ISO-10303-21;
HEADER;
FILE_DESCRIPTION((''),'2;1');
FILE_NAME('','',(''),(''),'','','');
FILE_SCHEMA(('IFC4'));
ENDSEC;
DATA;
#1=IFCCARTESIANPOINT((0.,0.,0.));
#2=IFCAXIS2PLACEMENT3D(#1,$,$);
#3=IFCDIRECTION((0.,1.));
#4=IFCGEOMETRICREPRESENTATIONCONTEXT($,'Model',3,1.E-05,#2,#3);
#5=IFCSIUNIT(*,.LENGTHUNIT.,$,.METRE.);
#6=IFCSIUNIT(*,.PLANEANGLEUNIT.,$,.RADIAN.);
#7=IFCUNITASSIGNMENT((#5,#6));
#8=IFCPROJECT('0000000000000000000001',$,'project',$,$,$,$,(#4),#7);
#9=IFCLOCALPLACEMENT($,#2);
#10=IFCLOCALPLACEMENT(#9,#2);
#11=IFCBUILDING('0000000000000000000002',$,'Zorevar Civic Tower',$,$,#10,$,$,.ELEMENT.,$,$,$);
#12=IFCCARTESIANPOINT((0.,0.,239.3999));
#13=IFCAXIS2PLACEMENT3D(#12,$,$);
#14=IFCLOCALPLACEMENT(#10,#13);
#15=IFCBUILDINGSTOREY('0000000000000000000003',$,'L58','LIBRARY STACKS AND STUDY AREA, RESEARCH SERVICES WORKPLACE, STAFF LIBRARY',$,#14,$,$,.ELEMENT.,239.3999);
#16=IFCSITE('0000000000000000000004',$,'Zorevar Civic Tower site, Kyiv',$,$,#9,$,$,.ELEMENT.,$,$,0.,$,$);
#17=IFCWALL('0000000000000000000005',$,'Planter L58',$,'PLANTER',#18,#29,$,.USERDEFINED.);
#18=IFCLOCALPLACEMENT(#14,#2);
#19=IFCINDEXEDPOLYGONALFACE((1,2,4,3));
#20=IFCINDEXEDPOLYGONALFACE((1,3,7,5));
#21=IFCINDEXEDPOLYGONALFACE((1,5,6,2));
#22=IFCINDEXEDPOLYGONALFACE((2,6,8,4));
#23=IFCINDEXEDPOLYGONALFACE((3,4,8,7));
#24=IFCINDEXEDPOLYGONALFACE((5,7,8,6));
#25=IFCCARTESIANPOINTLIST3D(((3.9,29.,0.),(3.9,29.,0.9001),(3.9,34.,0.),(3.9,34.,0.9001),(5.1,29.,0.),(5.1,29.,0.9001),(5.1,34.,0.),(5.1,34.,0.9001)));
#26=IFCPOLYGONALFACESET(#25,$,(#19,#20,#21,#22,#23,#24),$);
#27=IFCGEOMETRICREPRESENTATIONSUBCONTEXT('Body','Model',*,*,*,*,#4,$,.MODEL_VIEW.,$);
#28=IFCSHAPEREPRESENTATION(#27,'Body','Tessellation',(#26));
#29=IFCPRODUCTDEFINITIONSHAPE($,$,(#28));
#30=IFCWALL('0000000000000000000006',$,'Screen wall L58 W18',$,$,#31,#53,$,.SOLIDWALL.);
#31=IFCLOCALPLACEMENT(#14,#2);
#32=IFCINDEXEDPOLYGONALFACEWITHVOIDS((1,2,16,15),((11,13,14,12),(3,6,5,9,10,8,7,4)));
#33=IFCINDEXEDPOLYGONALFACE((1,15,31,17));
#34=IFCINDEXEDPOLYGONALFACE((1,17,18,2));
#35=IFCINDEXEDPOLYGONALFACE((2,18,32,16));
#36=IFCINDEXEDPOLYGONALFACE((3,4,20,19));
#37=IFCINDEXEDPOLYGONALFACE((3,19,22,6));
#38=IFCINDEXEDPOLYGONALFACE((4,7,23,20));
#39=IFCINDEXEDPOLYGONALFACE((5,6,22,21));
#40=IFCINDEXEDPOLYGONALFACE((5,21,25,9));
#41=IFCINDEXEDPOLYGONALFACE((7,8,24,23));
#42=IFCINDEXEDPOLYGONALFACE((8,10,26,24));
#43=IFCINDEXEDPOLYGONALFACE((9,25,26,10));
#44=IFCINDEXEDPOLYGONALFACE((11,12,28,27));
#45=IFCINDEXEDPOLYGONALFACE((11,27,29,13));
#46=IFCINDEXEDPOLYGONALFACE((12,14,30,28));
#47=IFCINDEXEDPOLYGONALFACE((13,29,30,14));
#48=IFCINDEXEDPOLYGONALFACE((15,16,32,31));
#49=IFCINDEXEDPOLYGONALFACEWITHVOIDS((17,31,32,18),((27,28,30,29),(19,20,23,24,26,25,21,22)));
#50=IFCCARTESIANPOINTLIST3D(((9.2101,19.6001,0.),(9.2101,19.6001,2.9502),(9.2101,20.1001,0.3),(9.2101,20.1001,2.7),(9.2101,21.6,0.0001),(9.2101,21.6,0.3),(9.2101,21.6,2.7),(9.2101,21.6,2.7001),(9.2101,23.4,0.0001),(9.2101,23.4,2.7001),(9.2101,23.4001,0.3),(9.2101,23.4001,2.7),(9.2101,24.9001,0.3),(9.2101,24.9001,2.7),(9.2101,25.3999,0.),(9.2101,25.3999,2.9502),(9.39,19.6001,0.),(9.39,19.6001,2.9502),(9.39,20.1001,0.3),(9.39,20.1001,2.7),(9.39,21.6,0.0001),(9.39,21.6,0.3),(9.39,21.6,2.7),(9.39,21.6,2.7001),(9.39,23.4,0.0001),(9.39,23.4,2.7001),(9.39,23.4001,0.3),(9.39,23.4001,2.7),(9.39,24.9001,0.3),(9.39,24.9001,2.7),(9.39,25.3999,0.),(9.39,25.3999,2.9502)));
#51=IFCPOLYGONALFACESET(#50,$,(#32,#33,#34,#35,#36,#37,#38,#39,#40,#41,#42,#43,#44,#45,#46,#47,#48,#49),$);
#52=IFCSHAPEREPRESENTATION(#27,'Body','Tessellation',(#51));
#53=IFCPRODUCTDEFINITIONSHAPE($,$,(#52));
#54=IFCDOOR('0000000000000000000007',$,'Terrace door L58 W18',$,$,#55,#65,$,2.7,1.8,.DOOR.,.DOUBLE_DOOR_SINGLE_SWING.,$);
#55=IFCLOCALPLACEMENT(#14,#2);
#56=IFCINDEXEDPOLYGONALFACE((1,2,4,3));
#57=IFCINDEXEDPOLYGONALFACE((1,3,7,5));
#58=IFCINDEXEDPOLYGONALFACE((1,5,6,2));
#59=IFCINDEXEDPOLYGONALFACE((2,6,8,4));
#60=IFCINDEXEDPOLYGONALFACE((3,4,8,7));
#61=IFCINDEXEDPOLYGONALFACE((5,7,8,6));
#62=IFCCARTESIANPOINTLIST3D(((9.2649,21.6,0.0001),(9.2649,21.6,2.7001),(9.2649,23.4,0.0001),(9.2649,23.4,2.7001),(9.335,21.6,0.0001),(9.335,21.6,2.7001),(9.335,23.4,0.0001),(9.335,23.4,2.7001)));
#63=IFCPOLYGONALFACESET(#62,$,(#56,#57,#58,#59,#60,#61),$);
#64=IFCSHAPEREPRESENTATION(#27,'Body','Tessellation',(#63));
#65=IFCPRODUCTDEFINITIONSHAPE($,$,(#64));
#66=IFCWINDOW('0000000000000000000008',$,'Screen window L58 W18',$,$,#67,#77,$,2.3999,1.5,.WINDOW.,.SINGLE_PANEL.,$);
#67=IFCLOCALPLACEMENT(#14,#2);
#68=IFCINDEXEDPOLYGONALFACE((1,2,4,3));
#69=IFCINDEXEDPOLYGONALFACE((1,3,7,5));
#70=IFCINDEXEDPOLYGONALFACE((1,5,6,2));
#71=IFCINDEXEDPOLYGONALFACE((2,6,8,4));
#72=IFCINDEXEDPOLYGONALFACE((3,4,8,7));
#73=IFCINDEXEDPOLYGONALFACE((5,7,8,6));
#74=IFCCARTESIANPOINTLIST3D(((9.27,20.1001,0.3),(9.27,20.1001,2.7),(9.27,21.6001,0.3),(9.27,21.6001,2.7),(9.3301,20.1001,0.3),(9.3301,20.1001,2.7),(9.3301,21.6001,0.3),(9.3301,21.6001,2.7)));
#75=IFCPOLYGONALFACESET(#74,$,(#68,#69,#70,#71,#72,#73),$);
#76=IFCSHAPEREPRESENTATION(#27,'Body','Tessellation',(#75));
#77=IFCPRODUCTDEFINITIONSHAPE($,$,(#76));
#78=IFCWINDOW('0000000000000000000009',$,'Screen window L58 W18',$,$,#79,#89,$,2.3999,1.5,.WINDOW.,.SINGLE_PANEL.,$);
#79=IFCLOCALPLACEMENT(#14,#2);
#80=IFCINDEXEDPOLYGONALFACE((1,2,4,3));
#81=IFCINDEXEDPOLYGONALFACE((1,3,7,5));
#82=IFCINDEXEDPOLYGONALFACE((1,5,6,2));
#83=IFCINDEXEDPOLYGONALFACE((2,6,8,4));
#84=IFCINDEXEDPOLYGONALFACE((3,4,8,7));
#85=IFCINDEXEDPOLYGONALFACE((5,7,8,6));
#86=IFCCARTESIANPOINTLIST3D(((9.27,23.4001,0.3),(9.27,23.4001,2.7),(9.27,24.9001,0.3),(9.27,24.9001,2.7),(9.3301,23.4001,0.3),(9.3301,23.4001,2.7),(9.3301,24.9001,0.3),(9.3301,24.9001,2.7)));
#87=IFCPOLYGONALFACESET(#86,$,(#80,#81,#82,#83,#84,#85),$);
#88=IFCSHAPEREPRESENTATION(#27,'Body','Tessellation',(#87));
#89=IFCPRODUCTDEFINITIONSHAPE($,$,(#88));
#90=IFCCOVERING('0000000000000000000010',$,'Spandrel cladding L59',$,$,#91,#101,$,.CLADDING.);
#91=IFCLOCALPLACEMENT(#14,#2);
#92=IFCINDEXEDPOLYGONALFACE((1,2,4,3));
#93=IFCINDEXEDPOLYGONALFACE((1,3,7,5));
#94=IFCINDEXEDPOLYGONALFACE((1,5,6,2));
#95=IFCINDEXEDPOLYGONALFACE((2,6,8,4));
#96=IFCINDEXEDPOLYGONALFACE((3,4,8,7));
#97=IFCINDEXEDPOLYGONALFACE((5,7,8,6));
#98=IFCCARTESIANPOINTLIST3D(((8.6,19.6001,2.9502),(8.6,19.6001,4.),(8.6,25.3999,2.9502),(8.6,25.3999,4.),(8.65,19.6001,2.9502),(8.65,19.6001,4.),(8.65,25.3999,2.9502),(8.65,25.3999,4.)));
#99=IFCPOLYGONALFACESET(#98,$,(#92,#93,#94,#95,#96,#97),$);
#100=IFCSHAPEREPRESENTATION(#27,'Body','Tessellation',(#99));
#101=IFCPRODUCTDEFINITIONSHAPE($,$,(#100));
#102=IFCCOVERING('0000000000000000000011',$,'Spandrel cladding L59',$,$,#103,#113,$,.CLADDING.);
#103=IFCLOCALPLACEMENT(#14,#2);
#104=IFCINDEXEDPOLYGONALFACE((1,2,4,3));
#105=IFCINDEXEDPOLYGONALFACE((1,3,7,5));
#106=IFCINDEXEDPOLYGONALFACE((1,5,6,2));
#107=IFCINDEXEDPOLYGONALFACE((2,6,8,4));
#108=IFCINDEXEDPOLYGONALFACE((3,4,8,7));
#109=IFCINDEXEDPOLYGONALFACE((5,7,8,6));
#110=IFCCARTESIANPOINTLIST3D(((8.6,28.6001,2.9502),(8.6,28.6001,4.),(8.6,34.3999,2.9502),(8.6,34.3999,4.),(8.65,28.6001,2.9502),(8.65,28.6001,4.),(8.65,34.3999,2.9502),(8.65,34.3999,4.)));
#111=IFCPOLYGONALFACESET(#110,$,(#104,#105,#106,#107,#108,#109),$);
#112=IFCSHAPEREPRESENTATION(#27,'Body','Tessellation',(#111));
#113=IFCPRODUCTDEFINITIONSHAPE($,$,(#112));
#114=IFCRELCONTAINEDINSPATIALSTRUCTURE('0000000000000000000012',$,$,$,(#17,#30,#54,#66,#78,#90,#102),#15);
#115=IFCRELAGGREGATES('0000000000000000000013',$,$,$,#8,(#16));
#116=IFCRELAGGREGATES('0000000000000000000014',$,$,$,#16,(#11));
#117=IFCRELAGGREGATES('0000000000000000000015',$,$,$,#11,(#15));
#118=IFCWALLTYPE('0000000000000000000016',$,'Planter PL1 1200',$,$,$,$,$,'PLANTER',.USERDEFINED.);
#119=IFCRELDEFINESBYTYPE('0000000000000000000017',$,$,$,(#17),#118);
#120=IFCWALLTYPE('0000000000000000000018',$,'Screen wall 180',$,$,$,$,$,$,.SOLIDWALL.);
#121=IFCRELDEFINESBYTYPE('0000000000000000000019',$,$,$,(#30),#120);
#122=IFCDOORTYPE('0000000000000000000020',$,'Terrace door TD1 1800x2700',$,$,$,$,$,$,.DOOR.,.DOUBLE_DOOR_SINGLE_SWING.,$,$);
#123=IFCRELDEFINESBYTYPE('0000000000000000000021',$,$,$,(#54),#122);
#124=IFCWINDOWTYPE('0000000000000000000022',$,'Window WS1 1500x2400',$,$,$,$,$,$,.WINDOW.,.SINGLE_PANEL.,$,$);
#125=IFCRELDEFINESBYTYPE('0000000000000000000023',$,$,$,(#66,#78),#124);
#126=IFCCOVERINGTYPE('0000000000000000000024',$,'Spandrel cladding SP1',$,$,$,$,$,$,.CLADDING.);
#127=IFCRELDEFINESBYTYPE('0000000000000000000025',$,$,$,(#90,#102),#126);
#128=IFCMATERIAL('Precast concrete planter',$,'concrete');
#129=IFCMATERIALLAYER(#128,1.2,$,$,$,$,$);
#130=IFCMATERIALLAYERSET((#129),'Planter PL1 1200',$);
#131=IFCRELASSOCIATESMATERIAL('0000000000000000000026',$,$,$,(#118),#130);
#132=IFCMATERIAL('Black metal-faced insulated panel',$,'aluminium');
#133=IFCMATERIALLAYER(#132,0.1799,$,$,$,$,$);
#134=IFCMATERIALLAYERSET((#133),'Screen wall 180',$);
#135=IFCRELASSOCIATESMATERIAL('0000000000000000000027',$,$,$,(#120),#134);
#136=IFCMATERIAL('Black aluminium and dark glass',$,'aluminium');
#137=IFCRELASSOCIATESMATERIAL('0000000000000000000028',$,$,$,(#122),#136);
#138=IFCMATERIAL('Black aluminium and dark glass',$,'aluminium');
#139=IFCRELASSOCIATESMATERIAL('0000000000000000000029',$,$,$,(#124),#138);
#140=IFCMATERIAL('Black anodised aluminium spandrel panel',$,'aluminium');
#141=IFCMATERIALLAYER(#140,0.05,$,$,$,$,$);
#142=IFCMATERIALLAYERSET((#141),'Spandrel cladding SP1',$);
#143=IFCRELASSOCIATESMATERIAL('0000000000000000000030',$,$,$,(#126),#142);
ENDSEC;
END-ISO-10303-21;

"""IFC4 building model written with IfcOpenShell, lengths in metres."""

from ifc_helpers import new_model, si_unit, direction, frame, frame_2d, origin, place, context, subcontext, project, spatial, rectangle, extrude, material, layer, layer_set, type_object, element, fill, save


model = new_model("IFC4")

# Units and contexts
model_context = context("Model", 3, precision=1e-05, world=origin(), true_north=direction((0.0, 1.0)))
body_context = subcontext(model_context, "Body", "Model", "MODEL_VIEW")
ifc_project = project(units=[si_unit("LENGTHUNIT", "METRE"), si_unit("PLANEANGLEUNIT", "RADIAN")], contexts=[model_context])

# Site, building, storey
site_placement = place(None, origin())
site = spatial("IfcSite", under=ifc_project, at=site_placement, Name="Zorevar Civic Tower site, Kyiv", CompositionType="ELEMENT", RefElevation=0.0)
building_placement = place(site_placement, origin())
building = spatial("IfcBuilding", under=site, at=building_placement, Name="Zorevar Civic Tower", CompositionType="ELEMENT")
storey_placement = place(building_placement, frame((0.0, 0.0, 239.3999)))
storey = spatial("IfcBuildingStorey", under=building, at=storey_placement, Name="L58", Description="LIBRARY STACKS AND STUDY AREA, RESEARCH SERVICES WORKPLACE, STAFF LIBRARY", CompositionType="ELEMENT", Elevation=239.3999)

# Wall
ifc_material_1 = material(Name="Precast concrete planter", Category="concrete")
ifc_layer_1 = layer(ifc_material_1, 1.2)
ifc_layer_set_1 = layer_set([ifc_layer_1], Name="Planter PL1 1200")
wall_type_1 = type_object("IfcWallType", Name="Planter PL1 1200", ElementType="PLANTER", PredefinedType="USERDEFINED", material=ifc_layer_set_1)
for number, where, z_axis, x_axis, name in (
    (1, (4.5, 29.0, 0.0), (0.0, 0.0, 1.0), (0.0, 1.0, 0.0), "Planter L58"),
):
    element("IfcWall", number, at=place(storey_placement, frame(where, z_axis=z_axis, x_axis=x_axis)), inside=storey, type_object=wall_type_1, Name=name, ObjectType="PLANTER", PredefinedType="USERDEFINED", context=body_context, shape_type="SweptSolid", body=[
        extrude(rectangle(XDim=5.0, YDim=1.2, at=frame_2d((2.5, 0.0))), origin(), (0.0, 0.0, 1.0), 0.9001),
    ])

# Wall, openings, door, windows
ifc_material_2 = material(Name="Black metal-faced insulated panel", Category="aluminium")
ifc_layer_2 = layer(ifc_material_2, 0.1799)
ifc_layer_set_2 = layer_set([ifc_layer_2], Name="Screen wall 180")
wall_type_2 = type_object("IfcWallType", Name="Screen wall 180", PredefinedType="SOLIDWALL", material=ifc_layer_set_2)
wall_placement = place(storey_placement, frame((9.3, 19.6001, 0.0), z_axis=(0.0, 0.0, 1.0), x_axis=(0.0, 1.0, 0.0)))
wall = element("IfcWall", 2, at=wall_placement, inside=storey, type_object=wall_type_2, Name="Screen wall L58 W18", PredefinedType="SOLIDWALL", context=body_context, shape_type="SweptSolid", body=[
    extrude(rectangle(XDim=5.7998, YDim=0.1799, at=frame_2d((2.8999, 0.0))), origin(), (0.0, 0.0, 1.0), 2.9502),
])
opening_1_placement = place(wall_placement, frame((2.0, 0.0, 0.0)))
opening_1 = element("IfcOpeningElement", 3, at=opening_1_placement, cuts=wall, PredefinedType="OPENING", context=body_context, shape_type="SweptSolid", body=[
    extrude(rectangle(XDim=1.8, YDim=2.7, at=frame_2d((0.8999, 1.3501))), frame((0.0, 0.0999, 0.0), z_axis=(0.0, -1.0, 0.0), x_axis=(1.0, 0.0, 0.0)), (0.0, 0.0, 1.0), 0.2),
])
opening_2_placement = place(wall_placement, frame((0.5, 0.0, 0.3)))
opening_2 = element("IfcOpeningElement", 4, at=opening_2_placement, cuts=wall, PredefinedType="OPENING", context=body_context, shape_type="SweptSolid", body=[
    extrude(rectangle(XDim=1.5, YDim=2.3999, at=frame_2d((0.75, 1.2))), frame((0.0, 0.0999, 0.0), z_axis=(0.0, -1.0, 0.0), x_axis=(1.0, 0.0, 0.0)), (0.0, 0.0, 1.0), 0.2),
])
opening_3_placement = place(wall_placement, frame((3.8, 0.0, 0.3)))
opening_3 = element("IfcOpeningElement", 5, at=opening_3_placement, cuts=wall, PredefinedType="OPENING", context=body_context, shape_type="SweptSolid", body=[
    extrude(rectangle(XDim=1.5, YDim=2.3999, at=frame_2d((0.75, 1.2))), frame((0.0, 0.0999, 0.0), z_axis=(0.0, -1.0, 0.0), x_axis=(1.0, 0.0, 0.0)), (0.0, 0.0, 1.0), 0.2),
])
ifc_material_3 = material(Name="Black aluminium and dark glass", Category="aluminium")
door_type = type_object("IfcDoorType", Name="Terrace door TD1 1800x2700", OperationType="DOUBLE_DOOR_SINGLE_SWING", PredefinedType="DOOR", material=ifc_material_3)
door_placement = place(opening_1_placement, origin())
door = element("IfcDoor", 6, at=door_placement, inside=storey, type_object=door_type, Name="Terrace door L58 W18", OperationType="DOUBLE_DOOR_SINGLE_SWING", OverallHeight=2.7, OverallWidth=1.8, PredefinedType="DOOR", context=body_context, shape_type="SweptSolid", body=[
    extrude(rectangle(XDim=1.8, YDim=2.7, at=frame_2d((0.8999, 1.3501))), frame((0.0, 0.0352, 0.0), z_axis=(0.0, -1.0, 0.0), x_axis=(1.0, 0.0, 0.0)), (0.0, 0.0, 1.0), 0.0701),
])
fill(opening_1, door)
ifc_material_4 = material(Name="Black aluminium and dark glass", Category="aluminium")
window_type = type_object("IfcWindowType", Name="Window WS1 1500x2400", PartitioningType="SINGLE_PANEL", PredefinedType="WINDOW", material=ifc_material_4)
window_1_placement = place(opening_2_placement, origin())
window_1 = element("IfcWindow", 7, at=window_1_placement, inside=storey, type_object=window_type, Name="Screen window L58 W18", OverallHeight=2.3999, OverallWidth=1.5, PartitioningType="SINGLE_PANEL", PredefinedType="WINDOW", context=body_context, shape_type="SweptSolid", body=[
    extrude(rectangle(XDim=1.5, YDim=2.3999, at=frame_2d((0.75, 1.2))), frame((0.0, 0.03, 0.0), z_axis=(0.0, -1.0, 0.0), x_axis=(1.0, 0.0, 0.0)), (0.0, 0.0, 1.0), 0.0601),
])
fill(opening_2, window_1)
window_2_placement = place(opening_3_placement, origin())
window_2 = element("IfcWindow", 8, at=window_2_placement, inside=storey, type_object=window_type, Name="Screen window L58 W18", OverallHeight=2.3999, OverallWidth=1.5, PartitioningType="SINGLE_PANEL", PredefinedType="WINDOW", context=body_context, shape_type="SweptSolid", body=[
    extrude(rectangle(XDim=1.5, YDim=2.3999, at=frame_2d((0.75, 1.2))), frame((0.0, 0.03, 0.0), z_axis=(0.0, -1.0, 0.0), x_axis=(1.0, 0.0, 0.0)), (0.0, 0.0, 1.0), 0.0601),
])
fill(opening_3, window_2)

# Coverings
ifc_material_5 = material(Name="Black anodised aluminium spandrel panel", Category="aluminium")
ifc_layer_3 = layer(ifc_material_5, 0.05)
ifc_layer_set_3 = layer_set([ifc_layer_3], Name="Spandrel cladding SP1")
covering_type = type_object("IfcCoveringType", Name="Spandrel cladding SP1", PredefinedType="CLADDING", material=ifc_layer_set_3)
for number, where, z_axis, x_axis, name in (
    (9, (8.625, 19.6001, 2.9502), (0.0, 0.0, 1.0), (0.0, 1.0, 0.0), "Spandrel cladding L59"),
    (10, (8.625, 28.6001, 2.9502), (0.0, 0.0, 1.0), (0.0, 1.0, 0.0), "Spandrel cladding L59"),
):
    element("IfcCovering", number, at=place(storey_placement, frame(where, z_axis=z_axis, x_axis=x_axis)), inside=storey, type_object=covering_type, Name=name, PredefinedType="CLADDING", context=body_context, shape_type="SweptSolid", body=[
        extrude(rectangle(XDim=5.7998, YDim=0.05, at=frame_2d((2.8999, 0.0))), origin(), (0.0, 0.0, 1.0), 1.0498),
    ])

save(model, "model.ifc")
